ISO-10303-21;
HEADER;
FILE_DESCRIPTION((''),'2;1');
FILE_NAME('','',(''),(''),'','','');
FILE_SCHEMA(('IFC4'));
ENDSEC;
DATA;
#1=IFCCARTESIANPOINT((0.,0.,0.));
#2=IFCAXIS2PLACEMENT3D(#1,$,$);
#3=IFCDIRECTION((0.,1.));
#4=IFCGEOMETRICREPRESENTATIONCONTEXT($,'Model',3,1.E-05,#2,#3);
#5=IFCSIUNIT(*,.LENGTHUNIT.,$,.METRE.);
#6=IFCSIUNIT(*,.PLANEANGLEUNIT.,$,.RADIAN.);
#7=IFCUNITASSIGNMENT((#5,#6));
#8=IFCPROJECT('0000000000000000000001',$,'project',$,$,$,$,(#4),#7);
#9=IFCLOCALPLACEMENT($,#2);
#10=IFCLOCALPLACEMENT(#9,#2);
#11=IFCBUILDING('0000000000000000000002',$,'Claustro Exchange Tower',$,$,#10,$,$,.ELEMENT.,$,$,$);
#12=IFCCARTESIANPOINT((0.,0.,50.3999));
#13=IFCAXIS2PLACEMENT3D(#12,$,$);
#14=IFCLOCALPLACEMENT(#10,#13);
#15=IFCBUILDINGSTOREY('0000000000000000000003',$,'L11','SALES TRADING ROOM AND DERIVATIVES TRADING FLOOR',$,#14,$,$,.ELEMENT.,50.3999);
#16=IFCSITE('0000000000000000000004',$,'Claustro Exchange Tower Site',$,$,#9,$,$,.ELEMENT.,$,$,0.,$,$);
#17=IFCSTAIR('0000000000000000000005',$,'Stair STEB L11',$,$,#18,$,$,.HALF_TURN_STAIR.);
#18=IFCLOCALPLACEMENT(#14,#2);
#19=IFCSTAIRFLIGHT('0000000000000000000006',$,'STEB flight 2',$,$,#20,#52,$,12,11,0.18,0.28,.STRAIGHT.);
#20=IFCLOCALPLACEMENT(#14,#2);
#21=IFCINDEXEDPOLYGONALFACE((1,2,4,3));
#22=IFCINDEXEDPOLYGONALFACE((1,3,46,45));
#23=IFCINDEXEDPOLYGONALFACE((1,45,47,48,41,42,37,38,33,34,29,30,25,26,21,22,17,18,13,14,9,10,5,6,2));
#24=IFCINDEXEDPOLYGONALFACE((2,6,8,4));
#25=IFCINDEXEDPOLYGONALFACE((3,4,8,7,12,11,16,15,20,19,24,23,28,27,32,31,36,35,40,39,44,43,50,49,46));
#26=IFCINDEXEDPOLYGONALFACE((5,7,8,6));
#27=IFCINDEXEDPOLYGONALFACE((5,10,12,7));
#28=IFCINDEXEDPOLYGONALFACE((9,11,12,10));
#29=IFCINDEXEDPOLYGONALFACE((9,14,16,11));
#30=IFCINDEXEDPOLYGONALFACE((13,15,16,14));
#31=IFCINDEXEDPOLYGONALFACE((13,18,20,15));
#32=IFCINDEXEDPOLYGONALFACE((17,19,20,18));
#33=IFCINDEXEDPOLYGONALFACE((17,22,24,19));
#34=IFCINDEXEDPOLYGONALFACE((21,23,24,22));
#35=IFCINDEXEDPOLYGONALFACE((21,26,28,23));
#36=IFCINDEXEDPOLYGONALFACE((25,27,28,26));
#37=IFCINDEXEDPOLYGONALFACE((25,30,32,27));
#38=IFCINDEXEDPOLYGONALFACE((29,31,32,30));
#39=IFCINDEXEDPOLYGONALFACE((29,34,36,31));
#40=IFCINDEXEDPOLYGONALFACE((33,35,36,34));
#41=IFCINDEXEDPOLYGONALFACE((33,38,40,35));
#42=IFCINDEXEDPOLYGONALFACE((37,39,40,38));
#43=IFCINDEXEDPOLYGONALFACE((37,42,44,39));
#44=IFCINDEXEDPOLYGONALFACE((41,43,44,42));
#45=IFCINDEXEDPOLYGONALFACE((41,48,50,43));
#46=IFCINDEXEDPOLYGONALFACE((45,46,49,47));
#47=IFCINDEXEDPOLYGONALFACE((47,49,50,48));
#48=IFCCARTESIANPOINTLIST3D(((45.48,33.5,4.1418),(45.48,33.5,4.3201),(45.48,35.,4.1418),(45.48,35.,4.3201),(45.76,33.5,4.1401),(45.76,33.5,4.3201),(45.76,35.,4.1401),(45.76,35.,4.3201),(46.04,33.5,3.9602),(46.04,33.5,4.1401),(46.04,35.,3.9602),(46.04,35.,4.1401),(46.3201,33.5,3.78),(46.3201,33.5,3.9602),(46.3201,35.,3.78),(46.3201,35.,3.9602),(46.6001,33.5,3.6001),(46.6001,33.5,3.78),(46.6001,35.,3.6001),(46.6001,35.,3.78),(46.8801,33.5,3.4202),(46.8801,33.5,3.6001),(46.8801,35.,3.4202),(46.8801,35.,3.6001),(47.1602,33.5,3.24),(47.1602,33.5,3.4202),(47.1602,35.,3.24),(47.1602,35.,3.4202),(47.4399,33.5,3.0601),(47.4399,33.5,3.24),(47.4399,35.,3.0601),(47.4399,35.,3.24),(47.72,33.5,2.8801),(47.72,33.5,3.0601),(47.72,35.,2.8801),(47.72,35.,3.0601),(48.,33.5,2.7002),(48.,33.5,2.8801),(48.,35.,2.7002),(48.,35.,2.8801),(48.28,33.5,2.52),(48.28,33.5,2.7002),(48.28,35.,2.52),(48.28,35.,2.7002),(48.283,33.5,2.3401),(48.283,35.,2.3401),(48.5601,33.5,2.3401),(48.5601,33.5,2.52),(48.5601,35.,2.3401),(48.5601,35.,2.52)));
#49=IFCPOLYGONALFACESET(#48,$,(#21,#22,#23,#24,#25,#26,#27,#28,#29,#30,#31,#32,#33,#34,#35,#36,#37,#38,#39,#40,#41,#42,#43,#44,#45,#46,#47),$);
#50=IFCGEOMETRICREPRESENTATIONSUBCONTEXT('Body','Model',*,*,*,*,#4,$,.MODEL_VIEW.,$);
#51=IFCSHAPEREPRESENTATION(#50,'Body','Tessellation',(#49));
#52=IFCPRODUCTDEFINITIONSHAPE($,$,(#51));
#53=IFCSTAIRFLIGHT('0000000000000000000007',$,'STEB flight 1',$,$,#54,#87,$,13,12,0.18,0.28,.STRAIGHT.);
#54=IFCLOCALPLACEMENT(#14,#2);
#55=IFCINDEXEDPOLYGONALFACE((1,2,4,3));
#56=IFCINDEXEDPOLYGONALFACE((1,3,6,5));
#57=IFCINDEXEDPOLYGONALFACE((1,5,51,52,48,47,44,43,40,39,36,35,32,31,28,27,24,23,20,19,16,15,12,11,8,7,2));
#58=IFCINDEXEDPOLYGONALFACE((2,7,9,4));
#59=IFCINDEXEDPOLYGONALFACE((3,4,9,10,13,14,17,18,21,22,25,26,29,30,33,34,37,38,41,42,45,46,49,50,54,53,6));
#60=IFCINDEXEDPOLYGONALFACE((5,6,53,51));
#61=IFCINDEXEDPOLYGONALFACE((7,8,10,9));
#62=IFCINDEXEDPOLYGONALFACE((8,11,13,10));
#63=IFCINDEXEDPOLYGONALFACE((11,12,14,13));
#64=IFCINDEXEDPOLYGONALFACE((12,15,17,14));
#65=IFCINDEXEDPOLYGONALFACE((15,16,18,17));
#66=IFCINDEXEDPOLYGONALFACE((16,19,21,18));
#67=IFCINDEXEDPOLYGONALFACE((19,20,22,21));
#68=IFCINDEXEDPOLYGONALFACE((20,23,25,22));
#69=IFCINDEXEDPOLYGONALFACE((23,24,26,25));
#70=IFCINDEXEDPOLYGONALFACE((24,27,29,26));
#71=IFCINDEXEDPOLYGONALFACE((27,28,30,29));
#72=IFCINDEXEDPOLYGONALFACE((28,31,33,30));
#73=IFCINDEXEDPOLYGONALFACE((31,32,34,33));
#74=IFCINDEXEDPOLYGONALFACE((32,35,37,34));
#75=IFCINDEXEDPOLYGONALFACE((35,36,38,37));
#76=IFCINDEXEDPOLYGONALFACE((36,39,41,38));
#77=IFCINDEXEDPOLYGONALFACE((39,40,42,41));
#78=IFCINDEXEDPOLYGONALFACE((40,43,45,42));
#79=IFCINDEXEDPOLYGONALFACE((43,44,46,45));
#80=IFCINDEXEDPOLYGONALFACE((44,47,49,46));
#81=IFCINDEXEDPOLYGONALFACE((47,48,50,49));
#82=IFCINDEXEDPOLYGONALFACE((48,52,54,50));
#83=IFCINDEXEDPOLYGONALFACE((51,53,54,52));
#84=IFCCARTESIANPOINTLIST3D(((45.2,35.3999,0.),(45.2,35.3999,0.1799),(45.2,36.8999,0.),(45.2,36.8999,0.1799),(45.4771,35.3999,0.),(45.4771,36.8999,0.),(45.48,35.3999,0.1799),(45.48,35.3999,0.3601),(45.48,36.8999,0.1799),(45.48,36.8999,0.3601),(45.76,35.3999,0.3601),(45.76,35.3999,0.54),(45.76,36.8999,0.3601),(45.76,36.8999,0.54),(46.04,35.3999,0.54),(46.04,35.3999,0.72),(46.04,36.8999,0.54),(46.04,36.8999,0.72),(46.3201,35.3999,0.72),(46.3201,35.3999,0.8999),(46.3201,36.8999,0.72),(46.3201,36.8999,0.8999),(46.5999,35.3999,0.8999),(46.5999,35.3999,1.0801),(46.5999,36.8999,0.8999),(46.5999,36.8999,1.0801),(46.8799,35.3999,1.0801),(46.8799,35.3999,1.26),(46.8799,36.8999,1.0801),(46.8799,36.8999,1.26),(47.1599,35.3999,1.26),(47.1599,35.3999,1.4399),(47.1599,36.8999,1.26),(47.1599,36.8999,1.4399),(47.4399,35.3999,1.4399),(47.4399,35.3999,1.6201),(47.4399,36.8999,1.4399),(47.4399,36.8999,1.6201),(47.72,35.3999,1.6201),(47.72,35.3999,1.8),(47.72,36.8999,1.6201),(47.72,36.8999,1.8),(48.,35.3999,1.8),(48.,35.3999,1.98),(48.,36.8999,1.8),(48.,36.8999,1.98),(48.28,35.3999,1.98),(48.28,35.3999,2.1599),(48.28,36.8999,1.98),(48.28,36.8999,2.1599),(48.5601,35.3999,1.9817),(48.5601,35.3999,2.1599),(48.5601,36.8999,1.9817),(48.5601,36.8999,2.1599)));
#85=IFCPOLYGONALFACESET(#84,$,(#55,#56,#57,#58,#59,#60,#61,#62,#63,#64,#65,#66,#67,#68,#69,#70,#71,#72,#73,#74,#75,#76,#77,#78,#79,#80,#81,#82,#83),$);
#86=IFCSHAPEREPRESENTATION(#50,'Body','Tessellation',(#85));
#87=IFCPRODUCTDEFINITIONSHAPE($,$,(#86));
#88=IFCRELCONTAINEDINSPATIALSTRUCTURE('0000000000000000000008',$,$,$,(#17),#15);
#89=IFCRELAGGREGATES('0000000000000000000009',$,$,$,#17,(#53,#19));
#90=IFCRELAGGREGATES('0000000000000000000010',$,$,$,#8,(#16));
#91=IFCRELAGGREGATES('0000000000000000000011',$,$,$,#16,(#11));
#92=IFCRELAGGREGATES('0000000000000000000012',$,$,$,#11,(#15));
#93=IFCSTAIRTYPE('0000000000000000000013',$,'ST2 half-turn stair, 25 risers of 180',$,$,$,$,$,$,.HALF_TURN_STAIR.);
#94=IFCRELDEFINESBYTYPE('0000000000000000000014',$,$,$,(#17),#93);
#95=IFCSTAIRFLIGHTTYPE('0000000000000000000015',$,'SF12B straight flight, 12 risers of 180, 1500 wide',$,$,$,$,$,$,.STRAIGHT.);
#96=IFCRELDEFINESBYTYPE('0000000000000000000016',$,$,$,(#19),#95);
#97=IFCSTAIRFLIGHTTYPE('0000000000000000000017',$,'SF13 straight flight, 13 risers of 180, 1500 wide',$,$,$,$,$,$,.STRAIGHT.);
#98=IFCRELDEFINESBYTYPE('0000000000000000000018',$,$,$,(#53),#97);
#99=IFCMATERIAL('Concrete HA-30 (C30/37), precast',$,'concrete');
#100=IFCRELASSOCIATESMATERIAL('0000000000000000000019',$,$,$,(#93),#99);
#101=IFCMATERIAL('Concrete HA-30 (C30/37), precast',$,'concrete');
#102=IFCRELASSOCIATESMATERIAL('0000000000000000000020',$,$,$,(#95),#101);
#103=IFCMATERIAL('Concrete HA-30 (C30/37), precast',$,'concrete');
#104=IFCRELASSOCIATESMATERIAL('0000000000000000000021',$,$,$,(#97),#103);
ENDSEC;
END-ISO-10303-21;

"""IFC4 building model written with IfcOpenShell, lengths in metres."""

from ifc_helpers import new_model, si_unit, direction, frame, origin, place, context, subcontext, project, spatial, polyline, outline, extrude, material, type_object, element, aggregate, save


model = new_model("IFC4")

# Units and contexts
model_context = context("Model", 3, precision=1e-05, world=origin(), true_north=direction((0.0, 1.0)))
body_context = subcontext(model_context, "Body", "Model", "MODEL_VIEW")
ifc_project = project(units=[si_unit("LENGTHUNIT", "METRE"), si_unit("PLANEANGLEUNIT", "RADIAN")], contexts=[model_context])

# Site, building, storey
site_placement = place(None, origin())
site = spatial("IfcSite", under=ifc_project, at=site_placement, Name="Claustro Exchange Tower Site", CompositionType="ELEMENT", RefElevation=0.0)
building_placement = place(site_placement, origin())
building = spatial("IfcBuilding", under=site, at=building_placement, Name="Claustro Exchange Tower", CompositionType="ELEMENT")
storey_placement = place(building_placement, frame((0.0, 0.0, 50.3999)))
storey = spatial("IfcBuildingStorey", under=building, at=storey_placement, Name="L11", Description="SALES TRADING ROOM AND DERIVATIVES TRADING FLOOR", CompositionType="ELEMENT", Elevation=50.3999)

# Stair, stair flights
ifc_material_1 = material(Name="Concrete HA-30 (C30/37), precast", Category="concrete")
stair_type = type_object("IfcStairType", Name="ST2 half-turn stair, 25 risers of 180", PredefinedType="HALF_TURN_STAIR", material=ifc_material_1)
stair_placement = place(storey_placement, origin())
stair = element("IfcStair", 1, at=stair_placement, inside=storey, type_object=stair_type, Name="Stair STEB L11", PredefinedType="HALF_TURN_STAIR")
ifc_material_2 = material(Name="Concrete HA-30 (C30/37), precast", Category="concrete")
stair_flight_type_1 = type_object("IfcStairFlightType", Name="SF12B straight flight, 12 risers of 180, 1500 wide", PredefinedType="STRAIGHT", material=ifc_material_2)
stair_flight_1_placement = place(storey_placement, frame((48.5601, 34.25, 2.3401), z_axis=(0.0, 0.0, 1.0), x_axis=(-1.0, 0.0, 0.0)))
stair_flight_1 = element("IfcStairFlight", 2, at=stair_flight_1_placement, type_object=stair_flight_type_1, Name="STEB flight 2", NumberOfRisers=12, NumberOfTreads=11, PredefinedType="STRAIGHT", RiserHeight=0.18, TreadLength=0.28, context=body_context, shape_type="SweptSolid", body=[
    extrude(outline(polyline([(0.0, 0.0), (0.0, 0.1799), (0.28, 0.1799), (0.28, 0.3601), (0.5601, 0.3601), (0.5601, 0.54), (0.8401, 0.54), (0.8401, 0.72), (1.1201, 0.72), (1.1201, 0.8999), (1.3999, 0.8999), (1.3999, 1.0801), (1.6799, 1.0801), (1.6799, 1.26), (1.96, 1.26), (1.96, 1.4399), (2.24, 1.4399), (2.24, 1.6201), (2.52, 1.6201), (2.52, 1.8), (2.8, 1.8), (2.8, 1.98), (3.0801, 1.98), (3.0801, 2.1599), (3.0801, 1.8018), (0.2771, 0.0), (0.0, 0.0)])), frame((0.0, 0.75, 0.0), z_axis=(0.0, -1.0, 0.0), x_axis=(1.0, 0.0, 0.0)), (0.0, 0.0, 1.0), 1.5),
])
ifc_material_3 = material(Name="Concrete HA-30 (C30/37), precast", Category="concrete")
stair_flight_type_2 = type_object("IfcStairFlightType", Name="SF13 straight flight, 13 risers of 180, 1500 wide", PredefinedType="STRAIGHT", material=ifc_material_3)
stair_flight_2_placement = place(storey_placement, frame((45.2, 36.1499, 0.0), z_axis=(0.0, 0.0, 1.0), x_axis=(1.0, 0.0, 0.0)))
stair_flight_2 = element("IfcStairFlight", 3, at=stair_flight_2_placement, type_object=stair_flight_type_2, Name="STEB flight 1", NumberOfRisers=13, NumberOfTreads=12, PredefinedType="STRAIGHT", RiserHeight=0.18, TreadLength=0.28, context=body_context, shape_type="SweptSolid", body=[
    extrude(outline(polyline([(0.0, 0.0), (0.0, 0.1799), (0.28, 0.1799), (0.28, 0.3601), (0.5601, 0.3601), (0.5601, 0.54), (0.8401, 0.54), (0.8401, 0.72), (1.1201, 0.72), (1.1201, 0.8999), (1.3999, 0.8999), (1.3999, 1.0801), (1.6799, 1.0801), (1.6799, 1.26), (1.96, 1.26), (1.96, 1.4399), (2.24, 1.4399), (2.24, 1.6201), (2.52, 1.6201), (2.52, 1.8), (2.8, 1.8), (2.8, 1.98), (3.0801, 1.98), (3.0801, 2.1599), (3.3601, 2.1599), (3.3601, 2.3401), (3.3601, 1.9817), (0.2771, 0.0), (0.0, 0.0)])), frame((0.0, 0.75, 0.0), z_axis=(0.0, -1.0, 0.0), x_axis=(1.0, 0.0, 0.0)), (0.0, 0.0, 1.0), 1.5),
])
aggregate(stair, [stair_flight_2, stair_flight_1])

save(model, "model.ifc")
